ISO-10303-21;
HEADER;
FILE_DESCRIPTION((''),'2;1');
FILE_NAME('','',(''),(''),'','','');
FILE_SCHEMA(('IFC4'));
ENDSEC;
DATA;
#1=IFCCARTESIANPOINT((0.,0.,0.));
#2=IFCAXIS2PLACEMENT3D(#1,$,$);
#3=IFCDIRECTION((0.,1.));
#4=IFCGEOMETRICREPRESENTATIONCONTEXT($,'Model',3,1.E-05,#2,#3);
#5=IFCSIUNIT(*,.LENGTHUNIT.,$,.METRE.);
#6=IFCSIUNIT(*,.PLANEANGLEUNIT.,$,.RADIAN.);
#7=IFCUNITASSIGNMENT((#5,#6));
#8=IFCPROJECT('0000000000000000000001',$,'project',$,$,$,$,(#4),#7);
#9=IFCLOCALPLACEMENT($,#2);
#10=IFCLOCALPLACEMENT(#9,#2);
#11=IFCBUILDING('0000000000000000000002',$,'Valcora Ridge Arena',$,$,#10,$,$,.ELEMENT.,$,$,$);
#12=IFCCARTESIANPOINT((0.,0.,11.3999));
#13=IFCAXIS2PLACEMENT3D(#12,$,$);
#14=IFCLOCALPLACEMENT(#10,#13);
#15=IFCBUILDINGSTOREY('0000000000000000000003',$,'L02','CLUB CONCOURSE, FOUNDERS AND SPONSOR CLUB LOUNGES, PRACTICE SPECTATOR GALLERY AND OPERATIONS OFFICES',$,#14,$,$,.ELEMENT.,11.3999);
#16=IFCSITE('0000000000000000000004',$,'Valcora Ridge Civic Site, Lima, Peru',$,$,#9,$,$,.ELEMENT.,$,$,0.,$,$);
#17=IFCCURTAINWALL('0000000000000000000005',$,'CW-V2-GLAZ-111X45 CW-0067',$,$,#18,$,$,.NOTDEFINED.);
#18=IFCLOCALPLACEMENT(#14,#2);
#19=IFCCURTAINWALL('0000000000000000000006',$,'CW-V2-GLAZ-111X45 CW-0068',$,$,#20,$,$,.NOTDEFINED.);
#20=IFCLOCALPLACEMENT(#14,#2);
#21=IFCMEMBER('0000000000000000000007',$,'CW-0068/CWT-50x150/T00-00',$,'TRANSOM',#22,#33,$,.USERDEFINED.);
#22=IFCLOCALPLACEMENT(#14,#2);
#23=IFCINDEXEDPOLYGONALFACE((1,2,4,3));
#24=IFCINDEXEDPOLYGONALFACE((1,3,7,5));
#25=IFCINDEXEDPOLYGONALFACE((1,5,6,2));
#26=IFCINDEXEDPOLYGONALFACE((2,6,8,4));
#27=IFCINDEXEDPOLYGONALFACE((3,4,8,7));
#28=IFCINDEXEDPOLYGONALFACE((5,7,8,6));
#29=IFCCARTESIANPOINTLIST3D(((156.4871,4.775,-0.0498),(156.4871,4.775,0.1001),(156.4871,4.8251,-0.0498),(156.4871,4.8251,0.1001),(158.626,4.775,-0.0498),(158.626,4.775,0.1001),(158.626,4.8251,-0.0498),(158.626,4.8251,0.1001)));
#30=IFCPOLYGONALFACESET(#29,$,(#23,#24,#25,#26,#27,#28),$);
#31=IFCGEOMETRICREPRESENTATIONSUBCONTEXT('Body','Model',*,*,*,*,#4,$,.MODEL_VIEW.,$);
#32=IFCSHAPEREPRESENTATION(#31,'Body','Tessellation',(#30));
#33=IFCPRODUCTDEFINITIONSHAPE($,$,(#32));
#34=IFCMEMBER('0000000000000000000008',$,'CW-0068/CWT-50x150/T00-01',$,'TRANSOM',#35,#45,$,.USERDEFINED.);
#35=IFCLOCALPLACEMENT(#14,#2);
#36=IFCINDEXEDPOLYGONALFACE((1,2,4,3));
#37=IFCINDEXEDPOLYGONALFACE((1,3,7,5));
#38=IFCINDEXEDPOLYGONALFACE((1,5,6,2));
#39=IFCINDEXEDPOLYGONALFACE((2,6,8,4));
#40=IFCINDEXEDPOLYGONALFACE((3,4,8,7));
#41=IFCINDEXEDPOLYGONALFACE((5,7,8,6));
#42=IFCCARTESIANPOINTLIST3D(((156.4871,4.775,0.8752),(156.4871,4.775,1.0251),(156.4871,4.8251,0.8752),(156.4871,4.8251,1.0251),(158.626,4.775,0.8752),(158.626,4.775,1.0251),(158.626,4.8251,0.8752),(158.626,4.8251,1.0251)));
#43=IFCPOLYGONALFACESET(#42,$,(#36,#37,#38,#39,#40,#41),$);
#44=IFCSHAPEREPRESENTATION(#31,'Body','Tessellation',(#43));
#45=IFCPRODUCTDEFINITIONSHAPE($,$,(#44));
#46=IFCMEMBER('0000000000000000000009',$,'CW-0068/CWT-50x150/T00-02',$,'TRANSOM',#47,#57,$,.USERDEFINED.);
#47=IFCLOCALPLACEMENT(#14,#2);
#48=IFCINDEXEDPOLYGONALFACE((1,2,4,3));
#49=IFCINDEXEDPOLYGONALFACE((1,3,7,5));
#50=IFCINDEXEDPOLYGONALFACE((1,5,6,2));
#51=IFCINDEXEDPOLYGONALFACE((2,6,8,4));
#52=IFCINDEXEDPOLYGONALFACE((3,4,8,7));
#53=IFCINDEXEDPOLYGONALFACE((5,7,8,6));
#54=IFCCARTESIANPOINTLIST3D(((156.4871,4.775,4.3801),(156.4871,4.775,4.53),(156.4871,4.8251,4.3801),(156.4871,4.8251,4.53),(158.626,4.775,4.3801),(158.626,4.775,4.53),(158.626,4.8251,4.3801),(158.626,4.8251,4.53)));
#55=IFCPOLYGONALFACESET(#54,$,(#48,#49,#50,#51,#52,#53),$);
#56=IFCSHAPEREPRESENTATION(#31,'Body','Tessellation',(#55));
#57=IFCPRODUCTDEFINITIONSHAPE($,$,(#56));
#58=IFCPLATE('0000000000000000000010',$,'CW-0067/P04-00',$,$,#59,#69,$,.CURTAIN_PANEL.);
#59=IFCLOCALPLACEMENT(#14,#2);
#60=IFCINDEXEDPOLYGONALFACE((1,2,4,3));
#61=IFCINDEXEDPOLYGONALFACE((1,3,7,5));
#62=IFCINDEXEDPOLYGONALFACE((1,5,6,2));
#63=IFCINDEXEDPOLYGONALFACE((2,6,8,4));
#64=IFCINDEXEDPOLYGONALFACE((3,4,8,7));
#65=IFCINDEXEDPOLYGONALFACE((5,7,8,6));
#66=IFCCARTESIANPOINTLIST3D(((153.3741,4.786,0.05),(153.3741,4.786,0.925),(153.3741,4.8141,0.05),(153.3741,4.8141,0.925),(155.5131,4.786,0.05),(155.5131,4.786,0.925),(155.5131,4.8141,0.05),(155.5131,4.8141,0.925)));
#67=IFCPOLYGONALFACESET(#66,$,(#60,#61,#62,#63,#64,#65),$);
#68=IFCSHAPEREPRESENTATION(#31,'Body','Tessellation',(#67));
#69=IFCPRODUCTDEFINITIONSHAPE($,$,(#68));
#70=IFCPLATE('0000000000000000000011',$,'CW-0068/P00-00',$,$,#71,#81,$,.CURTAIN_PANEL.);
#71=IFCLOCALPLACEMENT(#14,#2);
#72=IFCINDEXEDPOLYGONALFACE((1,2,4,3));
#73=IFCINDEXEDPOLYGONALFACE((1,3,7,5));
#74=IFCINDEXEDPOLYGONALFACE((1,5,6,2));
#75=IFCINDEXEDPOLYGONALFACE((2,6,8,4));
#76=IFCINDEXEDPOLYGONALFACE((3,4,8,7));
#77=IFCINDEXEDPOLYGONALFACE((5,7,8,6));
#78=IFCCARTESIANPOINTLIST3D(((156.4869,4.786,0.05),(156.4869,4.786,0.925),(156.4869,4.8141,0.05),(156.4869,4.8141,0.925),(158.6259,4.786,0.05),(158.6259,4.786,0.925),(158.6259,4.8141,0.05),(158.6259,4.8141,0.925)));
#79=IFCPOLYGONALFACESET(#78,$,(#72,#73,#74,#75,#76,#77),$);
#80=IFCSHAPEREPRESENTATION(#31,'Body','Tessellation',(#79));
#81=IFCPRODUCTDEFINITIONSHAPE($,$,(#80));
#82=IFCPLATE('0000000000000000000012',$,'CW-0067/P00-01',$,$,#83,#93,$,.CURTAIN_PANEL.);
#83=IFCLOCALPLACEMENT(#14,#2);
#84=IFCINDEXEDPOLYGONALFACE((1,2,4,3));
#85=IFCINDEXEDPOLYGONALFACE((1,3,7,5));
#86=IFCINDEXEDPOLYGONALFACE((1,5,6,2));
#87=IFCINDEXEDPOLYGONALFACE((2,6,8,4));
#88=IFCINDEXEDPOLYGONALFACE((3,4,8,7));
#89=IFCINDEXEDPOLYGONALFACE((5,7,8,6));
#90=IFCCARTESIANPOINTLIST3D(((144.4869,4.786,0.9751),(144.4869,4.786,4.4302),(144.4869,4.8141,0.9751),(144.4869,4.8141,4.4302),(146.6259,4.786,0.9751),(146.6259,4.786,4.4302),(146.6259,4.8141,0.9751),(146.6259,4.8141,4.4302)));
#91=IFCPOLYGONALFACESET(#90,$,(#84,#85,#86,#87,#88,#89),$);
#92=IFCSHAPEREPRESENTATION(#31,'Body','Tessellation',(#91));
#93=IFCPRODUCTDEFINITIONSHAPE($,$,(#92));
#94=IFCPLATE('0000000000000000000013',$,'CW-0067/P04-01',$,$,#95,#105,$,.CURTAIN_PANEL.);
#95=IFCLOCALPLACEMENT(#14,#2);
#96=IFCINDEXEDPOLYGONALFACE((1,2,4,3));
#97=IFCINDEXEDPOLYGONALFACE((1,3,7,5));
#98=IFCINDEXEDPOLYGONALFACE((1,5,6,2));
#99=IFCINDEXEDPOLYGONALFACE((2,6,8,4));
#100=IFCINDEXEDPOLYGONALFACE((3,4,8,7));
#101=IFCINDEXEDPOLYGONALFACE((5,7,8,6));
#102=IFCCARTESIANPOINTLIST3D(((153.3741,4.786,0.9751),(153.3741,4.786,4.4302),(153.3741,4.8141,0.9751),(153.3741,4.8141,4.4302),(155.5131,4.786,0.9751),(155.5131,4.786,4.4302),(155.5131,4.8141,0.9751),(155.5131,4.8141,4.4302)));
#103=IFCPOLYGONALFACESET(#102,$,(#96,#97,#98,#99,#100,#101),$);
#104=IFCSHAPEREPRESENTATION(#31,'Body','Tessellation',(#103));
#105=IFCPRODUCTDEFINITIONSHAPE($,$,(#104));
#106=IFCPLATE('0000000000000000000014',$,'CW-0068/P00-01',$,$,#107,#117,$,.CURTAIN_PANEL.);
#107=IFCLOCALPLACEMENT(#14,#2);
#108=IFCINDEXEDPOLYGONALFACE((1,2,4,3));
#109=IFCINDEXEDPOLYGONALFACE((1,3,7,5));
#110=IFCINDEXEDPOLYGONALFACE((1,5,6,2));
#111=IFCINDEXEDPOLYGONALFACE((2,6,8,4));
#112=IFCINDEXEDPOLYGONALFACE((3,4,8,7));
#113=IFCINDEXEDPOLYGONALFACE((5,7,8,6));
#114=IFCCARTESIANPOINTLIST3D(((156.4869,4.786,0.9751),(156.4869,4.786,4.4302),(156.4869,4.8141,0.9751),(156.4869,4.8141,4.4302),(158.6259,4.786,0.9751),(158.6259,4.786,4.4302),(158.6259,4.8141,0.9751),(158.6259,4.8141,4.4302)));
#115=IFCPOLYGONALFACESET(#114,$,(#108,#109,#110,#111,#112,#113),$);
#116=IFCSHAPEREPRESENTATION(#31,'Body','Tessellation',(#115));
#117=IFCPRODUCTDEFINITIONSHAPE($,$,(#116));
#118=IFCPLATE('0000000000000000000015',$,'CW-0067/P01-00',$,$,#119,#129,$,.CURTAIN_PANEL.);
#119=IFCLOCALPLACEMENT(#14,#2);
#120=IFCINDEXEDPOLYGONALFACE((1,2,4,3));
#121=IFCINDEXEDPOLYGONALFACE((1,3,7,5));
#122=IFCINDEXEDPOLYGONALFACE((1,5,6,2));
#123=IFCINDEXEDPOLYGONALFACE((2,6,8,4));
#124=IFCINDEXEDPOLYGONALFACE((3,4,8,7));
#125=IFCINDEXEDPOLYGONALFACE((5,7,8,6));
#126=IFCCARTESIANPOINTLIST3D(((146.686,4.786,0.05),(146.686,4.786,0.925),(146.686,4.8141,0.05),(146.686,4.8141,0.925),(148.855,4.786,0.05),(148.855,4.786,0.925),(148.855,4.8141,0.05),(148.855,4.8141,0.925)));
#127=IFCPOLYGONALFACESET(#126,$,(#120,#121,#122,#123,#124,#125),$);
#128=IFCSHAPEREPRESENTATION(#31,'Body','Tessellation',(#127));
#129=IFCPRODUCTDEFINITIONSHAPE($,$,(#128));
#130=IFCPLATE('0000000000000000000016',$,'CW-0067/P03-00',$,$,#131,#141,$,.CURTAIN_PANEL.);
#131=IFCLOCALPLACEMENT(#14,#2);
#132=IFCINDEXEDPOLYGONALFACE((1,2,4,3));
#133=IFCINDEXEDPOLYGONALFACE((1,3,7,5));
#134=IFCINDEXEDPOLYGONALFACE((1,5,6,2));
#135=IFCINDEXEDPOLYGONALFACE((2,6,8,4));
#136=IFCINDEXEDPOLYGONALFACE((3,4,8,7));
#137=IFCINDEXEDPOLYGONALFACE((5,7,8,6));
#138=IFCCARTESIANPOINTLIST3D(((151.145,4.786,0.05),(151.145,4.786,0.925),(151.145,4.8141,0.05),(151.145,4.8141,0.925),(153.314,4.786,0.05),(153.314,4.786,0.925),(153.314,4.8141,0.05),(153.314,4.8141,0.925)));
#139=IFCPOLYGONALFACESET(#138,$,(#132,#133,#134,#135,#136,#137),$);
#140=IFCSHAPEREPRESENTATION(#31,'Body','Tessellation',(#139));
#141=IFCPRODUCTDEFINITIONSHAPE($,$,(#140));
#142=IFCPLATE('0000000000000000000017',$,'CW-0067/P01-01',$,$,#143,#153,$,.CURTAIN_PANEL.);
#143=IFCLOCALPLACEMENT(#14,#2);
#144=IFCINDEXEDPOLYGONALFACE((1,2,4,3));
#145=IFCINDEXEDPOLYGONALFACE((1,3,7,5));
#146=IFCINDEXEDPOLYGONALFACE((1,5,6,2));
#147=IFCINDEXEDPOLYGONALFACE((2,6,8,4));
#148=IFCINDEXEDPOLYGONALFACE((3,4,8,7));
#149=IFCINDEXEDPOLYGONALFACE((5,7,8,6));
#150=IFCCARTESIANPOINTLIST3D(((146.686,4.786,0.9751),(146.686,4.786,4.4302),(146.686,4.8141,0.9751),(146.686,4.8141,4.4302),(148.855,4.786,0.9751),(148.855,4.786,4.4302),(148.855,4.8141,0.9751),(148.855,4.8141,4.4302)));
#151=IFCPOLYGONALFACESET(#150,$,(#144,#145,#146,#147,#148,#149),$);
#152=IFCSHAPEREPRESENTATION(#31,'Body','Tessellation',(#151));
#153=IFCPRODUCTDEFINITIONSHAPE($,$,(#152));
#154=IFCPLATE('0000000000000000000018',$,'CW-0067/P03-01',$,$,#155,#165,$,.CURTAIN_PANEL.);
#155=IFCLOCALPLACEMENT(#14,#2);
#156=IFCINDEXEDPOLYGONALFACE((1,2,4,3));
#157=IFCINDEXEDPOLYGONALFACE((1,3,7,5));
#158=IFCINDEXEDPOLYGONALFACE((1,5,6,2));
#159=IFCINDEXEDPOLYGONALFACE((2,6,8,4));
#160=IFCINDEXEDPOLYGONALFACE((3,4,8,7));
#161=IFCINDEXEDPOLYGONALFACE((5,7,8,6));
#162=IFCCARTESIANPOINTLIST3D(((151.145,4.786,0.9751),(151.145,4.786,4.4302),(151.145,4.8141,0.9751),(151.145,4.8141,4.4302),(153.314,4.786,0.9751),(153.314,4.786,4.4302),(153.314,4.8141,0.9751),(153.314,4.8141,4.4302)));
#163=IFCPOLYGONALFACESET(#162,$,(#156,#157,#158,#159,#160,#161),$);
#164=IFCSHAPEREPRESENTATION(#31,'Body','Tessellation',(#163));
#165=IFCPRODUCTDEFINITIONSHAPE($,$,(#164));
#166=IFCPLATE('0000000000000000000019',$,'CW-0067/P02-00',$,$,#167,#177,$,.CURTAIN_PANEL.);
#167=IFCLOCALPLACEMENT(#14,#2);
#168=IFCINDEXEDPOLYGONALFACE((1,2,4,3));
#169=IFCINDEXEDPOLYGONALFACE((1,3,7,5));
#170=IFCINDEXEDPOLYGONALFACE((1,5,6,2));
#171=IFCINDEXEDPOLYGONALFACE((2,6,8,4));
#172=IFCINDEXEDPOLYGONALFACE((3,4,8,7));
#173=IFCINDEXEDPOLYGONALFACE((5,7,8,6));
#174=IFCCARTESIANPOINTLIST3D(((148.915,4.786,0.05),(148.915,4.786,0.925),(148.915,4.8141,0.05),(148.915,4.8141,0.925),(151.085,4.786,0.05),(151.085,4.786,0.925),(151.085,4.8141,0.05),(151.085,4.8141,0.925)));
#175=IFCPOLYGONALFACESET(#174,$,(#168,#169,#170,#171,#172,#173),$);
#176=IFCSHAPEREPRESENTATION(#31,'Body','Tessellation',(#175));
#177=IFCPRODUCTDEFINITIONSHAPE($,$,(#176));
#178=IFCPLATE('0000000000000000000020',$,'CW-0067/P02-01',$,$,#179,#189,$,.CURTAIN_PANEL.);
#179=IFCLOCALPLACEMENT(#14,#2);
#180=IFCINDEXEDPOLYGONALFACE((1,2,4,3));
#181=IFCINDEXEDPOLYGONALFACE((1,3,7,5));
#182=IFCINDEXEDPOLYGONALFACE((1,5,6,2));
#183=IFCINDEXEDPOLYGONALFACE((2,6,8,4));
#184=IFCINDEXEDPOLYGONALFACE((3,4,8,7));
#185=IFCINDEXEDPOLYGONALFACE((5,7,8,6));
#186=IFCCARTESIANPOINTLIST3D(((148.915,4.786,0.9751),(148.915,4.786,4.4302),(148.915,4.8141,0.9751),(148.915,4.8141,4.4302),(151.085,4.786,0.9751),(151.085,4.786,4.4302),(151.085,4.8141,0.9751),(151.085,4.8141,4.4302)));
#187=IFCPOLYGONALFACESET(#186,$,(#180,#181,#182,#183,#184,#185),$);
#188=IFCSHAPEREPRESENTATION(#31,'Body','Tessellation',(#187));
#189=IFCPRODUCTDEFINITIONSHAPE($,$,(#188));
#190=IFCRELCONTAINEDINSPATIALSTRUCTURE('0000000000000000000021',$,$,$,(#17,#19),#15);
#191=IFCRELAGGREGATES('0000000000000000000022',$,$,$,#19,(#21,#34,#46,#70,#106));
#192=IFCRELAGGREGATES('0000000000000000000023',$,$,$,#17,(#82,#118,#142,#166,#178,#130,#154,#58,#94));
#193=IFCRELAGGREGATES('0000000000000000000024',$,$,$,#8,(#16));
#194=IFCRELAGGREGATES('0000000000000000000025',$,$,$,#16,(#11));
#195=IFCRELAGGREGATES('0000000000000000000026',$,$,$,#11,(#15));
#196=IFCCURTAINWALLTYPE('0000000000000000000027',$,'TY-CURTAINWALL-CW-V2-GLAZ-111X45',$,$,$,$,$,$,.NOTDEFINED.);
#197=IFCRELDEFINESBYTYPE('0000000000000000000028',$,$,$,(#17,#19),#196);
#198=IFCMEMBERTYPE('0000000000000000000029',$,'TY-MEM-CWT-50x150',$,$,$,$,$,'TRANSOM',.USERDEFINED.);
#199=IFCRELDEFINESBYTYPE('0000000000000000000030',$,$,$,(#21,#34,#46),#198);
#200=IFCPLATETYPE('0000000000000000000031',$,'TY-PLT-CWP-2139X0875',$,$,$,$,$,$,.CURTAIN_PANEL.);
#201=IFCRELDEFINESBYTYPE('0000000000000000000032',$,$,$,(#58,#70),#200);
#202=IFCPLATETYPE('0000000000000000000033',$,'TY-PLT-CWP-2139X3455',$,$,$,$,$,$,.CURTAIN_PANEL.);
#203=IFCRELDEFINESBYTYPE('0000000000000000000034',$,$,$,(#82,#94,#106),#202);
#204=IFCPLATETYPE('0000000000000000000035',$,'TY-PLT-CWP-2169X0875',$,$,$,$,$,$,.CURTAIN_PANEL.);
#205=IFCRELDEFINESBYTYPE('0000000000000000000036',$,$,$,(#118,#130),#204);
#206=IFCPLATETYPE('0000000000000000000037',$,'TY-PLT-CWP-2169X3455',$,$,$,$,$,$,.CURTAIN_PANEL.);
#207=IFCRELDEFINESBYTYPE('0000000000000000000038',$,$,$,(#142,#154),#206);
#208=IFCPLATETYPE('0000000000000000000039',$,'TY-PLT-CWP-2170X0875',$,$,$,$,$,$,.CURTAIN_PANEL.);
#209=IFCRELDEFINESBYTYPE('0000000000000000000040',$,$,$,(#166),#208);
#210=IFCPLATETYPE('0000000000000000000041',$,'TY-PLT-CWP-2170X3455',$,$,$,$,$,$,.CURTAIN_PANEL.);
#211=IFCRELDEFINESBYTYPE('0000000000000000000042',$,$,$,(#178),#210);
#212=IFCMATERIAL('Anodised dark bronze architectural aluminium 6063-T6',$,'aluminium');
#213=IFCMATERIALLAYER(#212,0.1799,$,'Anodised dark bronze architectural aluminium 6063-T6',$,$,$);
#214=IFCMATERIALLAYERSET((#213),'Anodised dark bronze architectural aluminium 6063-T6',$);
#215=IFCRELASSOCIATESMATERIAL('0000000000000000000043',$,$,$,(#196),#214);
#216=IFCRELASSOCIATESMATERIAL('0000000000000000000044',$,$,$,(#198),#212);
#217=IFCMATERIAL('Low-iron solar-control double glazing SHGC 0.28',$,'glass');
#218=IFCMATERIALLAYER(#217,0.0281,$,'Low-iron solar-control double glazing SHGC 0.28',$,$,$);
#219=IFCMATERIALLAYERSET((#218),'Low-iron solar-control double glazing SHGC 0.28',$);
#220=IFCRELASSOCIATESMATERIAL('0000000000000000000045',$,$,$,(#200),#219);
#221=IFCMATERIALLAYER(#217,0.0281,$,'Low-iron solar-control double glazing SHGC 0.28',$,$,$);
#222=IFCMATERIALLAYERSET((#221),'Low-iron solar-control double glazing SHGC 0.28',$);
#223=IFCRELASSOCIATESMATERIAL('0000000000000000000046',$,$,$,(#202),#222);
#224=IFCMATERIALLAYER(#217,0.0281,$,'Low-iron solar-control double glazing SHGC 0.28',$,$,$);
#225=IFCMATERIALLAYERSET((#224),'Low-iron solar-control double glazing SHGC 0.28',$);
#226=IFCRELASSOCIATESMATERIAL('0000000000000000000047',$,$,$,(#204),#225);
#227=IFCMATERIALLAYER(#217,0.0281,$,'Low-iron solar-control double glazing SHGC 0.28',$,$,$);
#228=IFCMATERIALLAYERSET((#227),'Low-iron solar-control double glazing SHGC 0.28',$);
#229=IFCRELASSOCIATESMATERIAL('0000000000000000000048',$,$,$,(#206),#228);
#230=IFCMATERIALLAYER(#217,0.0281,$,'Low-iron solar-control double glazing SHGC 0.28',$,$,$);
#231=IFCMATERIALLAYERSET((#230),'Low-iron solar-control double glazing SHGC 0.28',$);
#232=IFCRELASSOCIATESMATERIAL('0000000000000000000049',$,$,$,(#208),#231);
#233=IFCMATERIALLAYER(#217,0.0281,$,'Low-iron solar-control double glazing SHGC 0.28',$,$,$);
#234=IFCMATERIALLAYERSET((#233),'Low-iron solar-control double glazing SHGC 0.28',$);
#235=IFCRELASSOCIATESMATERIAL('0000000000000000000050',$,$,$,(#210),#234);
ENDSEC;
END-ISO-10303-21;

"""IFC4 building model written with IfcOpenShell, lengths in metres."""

from ifc_helpers import new_model, si_unit, direction, frame, origin, origin_2d, place, context, subcontext, project, spatial, rectangle, extrude, material, layer, layer_set, material_profile, profile_set, type_object, element, aggregate, save


model = new_model("IFC4")

# Units and contexts
model_context = context("Model", 3, precision=1e-05, world=origin(), true_north=direction((0.0, 1.0)))
body_context = subcontext(model_context, "Body", "Model", "MODEL_VIEW")
ifc_project = project(units=[si_unit("LENGTHUNIT", "METRE"), si_unit("PLANEANGLEUNIT", "RADIAN")], contexts=[model_context])

# Site, building, storey
site_placement = place(None, origin())
site = spatial("IfcSite", under=ifc_project, at=site_placement, Name="Valcora Ridge Civic Site, Lima, Peru", CompositionType="ELEMENT", RefElevation=0.0)
building_placement = place(site_placement, origin())
building = spatial("IfcBuilding", under=site, at=building_placement, Name="Valcora Ridge Arena", CompositionType="ELEMENT")
storey_placement = place(building_placement, frame((0.0, 0.0, 11.3999)))
storey = spatial("IfcBuildingStorey", under=building, at=storey_placement, Name="L02", Description="CLUB CONCOURSE, FOUNDERS AND SPONSOR CLUB LOUNGES, PRACTICE SPECTATOR GALLERY AND OPERATIONS OFFICES", CompositionType="ELEMENT", Elevation=11.3999)

# Curtain wall
ifc_material_1 = material(Name="Anodised dark bronze architectural aluminium 6063-T6", Category="aluminium")
ifc_layer_1 = layer(ifc_material_1, 0.1799, Name="Anodised dark bronze architectural aluminium 6063-T6")
ifc_layer_set_1 = layer_set([ifc_layer_1], Name="Anodised dark bronze architectural aluminium 6063-T6")
curtain_wall_type = type_object("IfcCurtainWallType", Name="TY-CURTAINWALL-CW-V2-GLAZ-111X45", PredefinedType="NOTDEFINED", material=ifc_layer_set_1)
curtain_wall_1_placement = place(storey_placement, origin())
curtain_wall_1 = element("IfcCurtainWall", 1, at=curtain_wall_1_placement, inside=storey, type_object=curtain_wall_type, Name="CW-V2-GLAZ-111X45 CW-0067", PredefinedType="NOTDEFINED")

# Curtain wall
curtain_wall_2_placement = place(storey_placement, origin())
curtain_wall_2 = element("IfcCurtainWall", 2, at=curtain_wall_2_placement, inside=storey, type_object=curtain_wall_type, Name="CW-V2-GLAZ-111X45 CW-0068", PredefinedType="NOTDEFINED")

# Members
ifc_material_profile_1 = material_profile(ifc_material_1, rectangle(XDim=0.05, YDim=0.1499, at=origin_2d()), Name="ALU TRANSOM 50x150")
ifc_profile_set_1 = profile_set([ifc_material_profile_1], Name="Anodised dark bronze architectural aluminium 6063-T6")
member_type_1 = type_object("IfcMemberType", Name="TY-MEM-CWT-50x150", ElementType="TRANSOM", PredefinedType="USERDEFINED", material=ifc_profile_set_1)
member_1_placement = place(storey_placement, frame((156.4871, 4.8, 0.0251), z_axis=(1.0, 0.0, 0.0), x_axis=(0.0, 1.0, 0.0)))
member_1 = element("IfcMember", 3, at=member_1_placement, type_object=member_type_1, Name="CW-0068/CWT-50x150/T00-00", ObjectType="TRANSOM", PredefinedType="USERDEFINED", context=body_context, shape_type="SweptSolid", body=[
    extrude(rectangle(XDim=0.05, YDim=0.1499, at=origin_2d()), origin(), (0.0, 0.0, 1.0), 2.1389),
])
member_2_placement = place(storey_placement, frame((156.4871, 4.8, 0.9502), z_axis=(1.0, 0.0, 0.0), x_axis=(0.0, 1.0, 0.0)))
member_2 = element("IfcMember", 4, at=member_2_placement, type_object=member_type_1, Name="CW-0068/CWT-50x150/T00-01", ObjectType="TRANSOM", PredefinedType="USERDEFINED", context=body_context, shape_type="SweptSolid", body=[
    extrude(rectangle(XDim=0.05, YDim=0.1499, at=origin_2d()), origin(), (0.0, 0.0, 1.0), 2.1389),
])
member_3_placement = place(storey_placement, frame((156.4871, 4.8, 4.4551), z_axis=(1.0, 0.0, 0.0), x_axis=(0.0, 1.0, 0.0)))
member_3 = element("IfcMember", 5, at=member_3_placement, type_object=member_type_1, Name="CW-0068/CWT-50x150/T00-02", ObjectType="TRANSOM", PredefinedType="USERDEFINED", context=body_context, shape_type="SweptSolid", body=[
    extrude(rectangle(XDim=0.05, YDim=0.1499, at=origin_2d()), origin(), (0.0, 0.0, 1.0), 2.1389),
])

# Plates
ifc_material_2 = material(Name="Low-iron solar-control double glazing SHGC 0.28", Category="glass")
ifc_layer_2 = layer(ifc_material_2, 0.0281, Name="Low-iron solar-control double glazing SHGC 0.28")
ifc_layer_set_2 = layer_set([ifc_layer_2], Name="Low-iron solar-control double glazing SHGC 0.28")
plate_type_1 = type_object("IfcPlateType", Name="TY-PLT-CWP-2139X0875", PredefinedType="CURTAIN_PANEL", material=ifc_layer_set_2)
plate_1_placement = place(storey_placement, frame((154.4436, 4.8, 0.05), z_axis=(0.0, 0.0, 1.0), x_axis=(1.0, 0.0, 0.0)))
plate_1 = element("IfcPlate", 6, at=plate_1_placement, type_object=plate_type_1, Name="CW-0067/P04-00", PredefinedType="CURTAIN_PANEL", context=body_context, shape_type="SweptSolid", body=[
    extrude(rectangle(XDim=2.1389, YDim=0.0281, at=origin_2d()), origin(), (0.0, 0.0, 1.0), 0.875),
])
plate_2_placement = place(storey_placement, frame((157.5564, 4.8, 0.05), z_axis=(0.0, 0.0, 1.0), x_axis=(1.0, 0.0, 0.0)))
plate_2 = element("IfcPlate", 7, at=plate_2_placement, type_object=plate_type_1, Name="CW-0068/P00-00", PredefinedType="CURTAIN_PANEL", context=body_context, shape_type="SweptSolid", body=[
    extrude(rectangle(XDim=2.1389, YDim=0.0281, at=origin_2d()), origin(), (0.0, 0.0, 1.0), 0.875),
])
ifc_layer_3 = layer(ifc_material_2, 0.0281, Name="Low-iron solar-control double glazing SHGC 0.28")
ifc_layer_set_3 = layer_set([ifc_layer_3], Name="Low-iron solar-control double glazing SHGC 0.28")
plate_type_2 = type_object("IfcPlateType", Name="TY-PLT-CWP-2139X3455", PredefinedType="CURTAIN_PANEL", material=ifc_layer_set_3)
plate_3_placement = place(storey_placement, frame((145.5564, 4.8, 0.9751), z_axis=(0.0, 0.0, 1.0), x_axis=(1.0, 0.0, 0.0)))
plate_3 = element("IfcPlate", 8, at=plate_3_placement, type_object=plate_type_2, Name="CW-0067/P00-01", PredefinedType="CURTAIN_PANEL", context=body_context, shape_type="SweptSolid", body=[
    extrude(rectangle(XDim=2.1389, YDim=0.0281, at=origin_2d()), origin(), (0.0, 0.0, 1.0), 3.4551),
])
plate_4_placement = place(storey_placement, frame((154.4436, 4.8, 0.9751), z_axis=(0.0, 0.0, 1.0), x_axis=(1.0, 0.0, 0.0)))
plate_4 = element("IfcPlate", 9, at=plate_4_placement, type_object=plate_type_2, Name="CW-0067/P04-01", PredefinedType="CURTAIN_PANEL", context=body_context, shape_type="SweptSolid", body=[
    extrude(rectangle(XDim=2.1389, YDim=0.0281, at=origin_2d()), origin(), (0.0, 0.0, 1.0), 3.4551),
])
plate_5_placement = place(storey_placement, frame((157.5564, 4.8, 0.9751), z_axis=(0.0, 0.0, 1.0), x_axis=(1.0, 0.0, 0.0)))
plate_5 = element("IfcPlate", 10, at=plate_5_placement, type_object=plate_type_2, Name="CW-0068/P00-01", PredefinedType="CURTAIN_PANEL", context=body_context, shape_type="SweptSolid", body=[
    extrude(rectangle(XDim=2.1389, YDim=0.0281, at=origin_2d()), origin(), (0.0, 0.0, 1.0), 3.4551),
])
aggregate(curtain_wall_2, [member_1, member_2, member_3, plate_2, plate_5])
ifc_layer_4 = layer(ifc_material_2, 0.0281, Name="Low-iron solar-control double glazing SHGC 0.28")
ifc_layer_set_4 = layer_set([ifc_layer_4], Name="Low-iron solar-control double glazing SHGC 0.28")
plate_type_3 = type_object("IfcPlateType", Name="TY-PLT-CWP-2169X0875", PredefinedType="CURTAIN_PANEL", material=ifc_layer_set_4)
plate_6_placement = place(storey_placement, frame((147.7705, 4.8, 0.05), z_axis=(0.0, 0.0, 1.0), x_axis=(1.0, 0.0, 0.0)))
plate_6 = element("IfcPlate", 11, at=plate_6_placement, type_object=plate_type_3, Name="CW-0067/P01-00", PredefinedType="CURTAIN_PANEL", context=body_context, shape_type="SweptSolid", body=[
    extrude(rectangle(XDim=2.1689, YDim=0.0281, at=origin_2d()), origin(), (0.0, 0.0, 1.0), 0.875),
])
plate_7_placement = place(storey_placement, frame((152.2295, 4.8, 0.05), z_axis=(0.0, 0.0, 1.0), x_axis=(1.0, 0.0, 0.0)))
plate_7 = element("IfcPlate", 12, at=plate_7_placement, type_object=plate_type_3, Name="CW-0067/P03-00", PredefinedType="CURTAIN_PANEL", context=body_context, shape_type="SweptSolid", body=[
    extrude(rectangle(XDim=2.1689, YDim=0.0281, at=origin_2d()), origin(), (0.0, 0.0, 1.0), 0.875),
])
ifc_layer_5 = layer(ifc_material_2, 0.0281, Name="Low-iron solar-control double glazing SHGC 0.28")
ifc_layer_set_5 = layer_set([ifc_layer_5], Name="Low-iron solar-control double glazing SHGC 0.28")
plate_type_4 = type_object("IfcPlateType", Name="TY-PLT-CWP-2169X3455", PredefinedType="CURTAIN_PANEL", material=ifc_layer_set_5)
plate_8_placement = place(storey_placement, frame((147.7705, 4.8, 0.9751), z_axis=(0.0, 0.0, 1.0), x_axis=(1.0, 0.0, 0.0)))
plate_8 = element("IfcPlate", 13, at=plate_8_placement, type_object=plate_type_4, Name="CW-0067/P01-01", PredefinedType="CURTAIN_PANEL", context=body_context, shape_type="SweptSolid", body=[
    extrude(rectangle(XDim=2.1689, YDim=0.0281, at=origin_2d()), origin(), (0.0, 0.0, 1.0), 3.4551),
])
plate_9_placement = place(storey_placement, frame((152.2295, 4.8, 0.9751), z_axis=(0.0, 0.0, 1.0), x_axis=(1.0, 0.0, 0.0)))
plate_9 = element("IfcPlate", 14, at=plate_9_placement, type_object=plate_type_4, Name="CW-0067/P03-01", PredefinedType="CURTAIN_PANEL", context=body_context, shape_type="SweptSolid", body=[
    extrude(rectangle(XDim=2.1689, YDim=0.0281, at=origin_2d()), origin(), (0.0, 0.0, 1.0), 3.4551),
])
ifc_layer_6 = layer(ifc_material_2, 0.0281, Name="Low-iron solar-control double glazing SHGC 0.28")
ifc_layer_set_6 = layer_set([ifc_layer_6], Name="Low-iron solar-control double glazing SHGC 0.28")
plate_type_5 = type_object("IfcPlateType", Name="TY-PLT-CWP-2170X0875", PredefinedType="CURTAIN_PANEL", material=ifc_layer_set_6)
plate_10_placement = place(storey_placement, frame((150.0, 4.8, 0.05), z_axis=(0.0, 0.0, 1.0), x_axis=(1.0, 0.0, 0.0)))
plate_10 = element("IfcPlate", 15, at=plate_10_placement, type_object=plate_type_5, Name="CW-0067/P02-00", PredefinedType="CURTAIN_PANEL", context=body_context, shape_type="SweptSolid", body=[
    extrude(rectangle(XDim=2.1699, YDim=0.0281, at=origin_2d()), origin(), (0.0, 0.0, 1.0), 0.875),
])
ifc_layer_7 = layer(ifc_material_2, 0.0281, Name="Low-iron solar-control double glazing SHGC 0.28")
ifc_layer_set_7 = layer_set([ifc_layer_7], Name="Low-iron solar-control double glazing SHGC 0.28")
plate_type_6 = type_object("IfcPlateType", Name="TY-PLT-CWP-2170X3455", PredefinedType="CURTAIN_PANEL", material=ifc_layer_set_7)
plate_11_placement = place(storey_placement, frame((150.0, 4.8, 0.9751), z_axis=(0.0, 0.0, 1.0), x_axis=(1.0, 0.0, 0.0)))
plate_11 = element("IfcPlate", 16, at=plate_11_placement, type_object=plate_type_6, Name="CW-0067/P02-01", PredefinedType="CURTAIN_PANEL", context=body_context, shape_type="SweptSolid", body=[
    extrude(rectangle(XDim=2.1699, YDim=0.0281, at=origin_2d()), origin(), (0.0, 0.0, 1.0), 3.4551),
])
aggregate(curtain_wall_1, [plate_3, plate_6, plate_8, plate_10, plate_11, plate_7, plate_9, plate_1, plate_4])

save(model, "model.ifc")
